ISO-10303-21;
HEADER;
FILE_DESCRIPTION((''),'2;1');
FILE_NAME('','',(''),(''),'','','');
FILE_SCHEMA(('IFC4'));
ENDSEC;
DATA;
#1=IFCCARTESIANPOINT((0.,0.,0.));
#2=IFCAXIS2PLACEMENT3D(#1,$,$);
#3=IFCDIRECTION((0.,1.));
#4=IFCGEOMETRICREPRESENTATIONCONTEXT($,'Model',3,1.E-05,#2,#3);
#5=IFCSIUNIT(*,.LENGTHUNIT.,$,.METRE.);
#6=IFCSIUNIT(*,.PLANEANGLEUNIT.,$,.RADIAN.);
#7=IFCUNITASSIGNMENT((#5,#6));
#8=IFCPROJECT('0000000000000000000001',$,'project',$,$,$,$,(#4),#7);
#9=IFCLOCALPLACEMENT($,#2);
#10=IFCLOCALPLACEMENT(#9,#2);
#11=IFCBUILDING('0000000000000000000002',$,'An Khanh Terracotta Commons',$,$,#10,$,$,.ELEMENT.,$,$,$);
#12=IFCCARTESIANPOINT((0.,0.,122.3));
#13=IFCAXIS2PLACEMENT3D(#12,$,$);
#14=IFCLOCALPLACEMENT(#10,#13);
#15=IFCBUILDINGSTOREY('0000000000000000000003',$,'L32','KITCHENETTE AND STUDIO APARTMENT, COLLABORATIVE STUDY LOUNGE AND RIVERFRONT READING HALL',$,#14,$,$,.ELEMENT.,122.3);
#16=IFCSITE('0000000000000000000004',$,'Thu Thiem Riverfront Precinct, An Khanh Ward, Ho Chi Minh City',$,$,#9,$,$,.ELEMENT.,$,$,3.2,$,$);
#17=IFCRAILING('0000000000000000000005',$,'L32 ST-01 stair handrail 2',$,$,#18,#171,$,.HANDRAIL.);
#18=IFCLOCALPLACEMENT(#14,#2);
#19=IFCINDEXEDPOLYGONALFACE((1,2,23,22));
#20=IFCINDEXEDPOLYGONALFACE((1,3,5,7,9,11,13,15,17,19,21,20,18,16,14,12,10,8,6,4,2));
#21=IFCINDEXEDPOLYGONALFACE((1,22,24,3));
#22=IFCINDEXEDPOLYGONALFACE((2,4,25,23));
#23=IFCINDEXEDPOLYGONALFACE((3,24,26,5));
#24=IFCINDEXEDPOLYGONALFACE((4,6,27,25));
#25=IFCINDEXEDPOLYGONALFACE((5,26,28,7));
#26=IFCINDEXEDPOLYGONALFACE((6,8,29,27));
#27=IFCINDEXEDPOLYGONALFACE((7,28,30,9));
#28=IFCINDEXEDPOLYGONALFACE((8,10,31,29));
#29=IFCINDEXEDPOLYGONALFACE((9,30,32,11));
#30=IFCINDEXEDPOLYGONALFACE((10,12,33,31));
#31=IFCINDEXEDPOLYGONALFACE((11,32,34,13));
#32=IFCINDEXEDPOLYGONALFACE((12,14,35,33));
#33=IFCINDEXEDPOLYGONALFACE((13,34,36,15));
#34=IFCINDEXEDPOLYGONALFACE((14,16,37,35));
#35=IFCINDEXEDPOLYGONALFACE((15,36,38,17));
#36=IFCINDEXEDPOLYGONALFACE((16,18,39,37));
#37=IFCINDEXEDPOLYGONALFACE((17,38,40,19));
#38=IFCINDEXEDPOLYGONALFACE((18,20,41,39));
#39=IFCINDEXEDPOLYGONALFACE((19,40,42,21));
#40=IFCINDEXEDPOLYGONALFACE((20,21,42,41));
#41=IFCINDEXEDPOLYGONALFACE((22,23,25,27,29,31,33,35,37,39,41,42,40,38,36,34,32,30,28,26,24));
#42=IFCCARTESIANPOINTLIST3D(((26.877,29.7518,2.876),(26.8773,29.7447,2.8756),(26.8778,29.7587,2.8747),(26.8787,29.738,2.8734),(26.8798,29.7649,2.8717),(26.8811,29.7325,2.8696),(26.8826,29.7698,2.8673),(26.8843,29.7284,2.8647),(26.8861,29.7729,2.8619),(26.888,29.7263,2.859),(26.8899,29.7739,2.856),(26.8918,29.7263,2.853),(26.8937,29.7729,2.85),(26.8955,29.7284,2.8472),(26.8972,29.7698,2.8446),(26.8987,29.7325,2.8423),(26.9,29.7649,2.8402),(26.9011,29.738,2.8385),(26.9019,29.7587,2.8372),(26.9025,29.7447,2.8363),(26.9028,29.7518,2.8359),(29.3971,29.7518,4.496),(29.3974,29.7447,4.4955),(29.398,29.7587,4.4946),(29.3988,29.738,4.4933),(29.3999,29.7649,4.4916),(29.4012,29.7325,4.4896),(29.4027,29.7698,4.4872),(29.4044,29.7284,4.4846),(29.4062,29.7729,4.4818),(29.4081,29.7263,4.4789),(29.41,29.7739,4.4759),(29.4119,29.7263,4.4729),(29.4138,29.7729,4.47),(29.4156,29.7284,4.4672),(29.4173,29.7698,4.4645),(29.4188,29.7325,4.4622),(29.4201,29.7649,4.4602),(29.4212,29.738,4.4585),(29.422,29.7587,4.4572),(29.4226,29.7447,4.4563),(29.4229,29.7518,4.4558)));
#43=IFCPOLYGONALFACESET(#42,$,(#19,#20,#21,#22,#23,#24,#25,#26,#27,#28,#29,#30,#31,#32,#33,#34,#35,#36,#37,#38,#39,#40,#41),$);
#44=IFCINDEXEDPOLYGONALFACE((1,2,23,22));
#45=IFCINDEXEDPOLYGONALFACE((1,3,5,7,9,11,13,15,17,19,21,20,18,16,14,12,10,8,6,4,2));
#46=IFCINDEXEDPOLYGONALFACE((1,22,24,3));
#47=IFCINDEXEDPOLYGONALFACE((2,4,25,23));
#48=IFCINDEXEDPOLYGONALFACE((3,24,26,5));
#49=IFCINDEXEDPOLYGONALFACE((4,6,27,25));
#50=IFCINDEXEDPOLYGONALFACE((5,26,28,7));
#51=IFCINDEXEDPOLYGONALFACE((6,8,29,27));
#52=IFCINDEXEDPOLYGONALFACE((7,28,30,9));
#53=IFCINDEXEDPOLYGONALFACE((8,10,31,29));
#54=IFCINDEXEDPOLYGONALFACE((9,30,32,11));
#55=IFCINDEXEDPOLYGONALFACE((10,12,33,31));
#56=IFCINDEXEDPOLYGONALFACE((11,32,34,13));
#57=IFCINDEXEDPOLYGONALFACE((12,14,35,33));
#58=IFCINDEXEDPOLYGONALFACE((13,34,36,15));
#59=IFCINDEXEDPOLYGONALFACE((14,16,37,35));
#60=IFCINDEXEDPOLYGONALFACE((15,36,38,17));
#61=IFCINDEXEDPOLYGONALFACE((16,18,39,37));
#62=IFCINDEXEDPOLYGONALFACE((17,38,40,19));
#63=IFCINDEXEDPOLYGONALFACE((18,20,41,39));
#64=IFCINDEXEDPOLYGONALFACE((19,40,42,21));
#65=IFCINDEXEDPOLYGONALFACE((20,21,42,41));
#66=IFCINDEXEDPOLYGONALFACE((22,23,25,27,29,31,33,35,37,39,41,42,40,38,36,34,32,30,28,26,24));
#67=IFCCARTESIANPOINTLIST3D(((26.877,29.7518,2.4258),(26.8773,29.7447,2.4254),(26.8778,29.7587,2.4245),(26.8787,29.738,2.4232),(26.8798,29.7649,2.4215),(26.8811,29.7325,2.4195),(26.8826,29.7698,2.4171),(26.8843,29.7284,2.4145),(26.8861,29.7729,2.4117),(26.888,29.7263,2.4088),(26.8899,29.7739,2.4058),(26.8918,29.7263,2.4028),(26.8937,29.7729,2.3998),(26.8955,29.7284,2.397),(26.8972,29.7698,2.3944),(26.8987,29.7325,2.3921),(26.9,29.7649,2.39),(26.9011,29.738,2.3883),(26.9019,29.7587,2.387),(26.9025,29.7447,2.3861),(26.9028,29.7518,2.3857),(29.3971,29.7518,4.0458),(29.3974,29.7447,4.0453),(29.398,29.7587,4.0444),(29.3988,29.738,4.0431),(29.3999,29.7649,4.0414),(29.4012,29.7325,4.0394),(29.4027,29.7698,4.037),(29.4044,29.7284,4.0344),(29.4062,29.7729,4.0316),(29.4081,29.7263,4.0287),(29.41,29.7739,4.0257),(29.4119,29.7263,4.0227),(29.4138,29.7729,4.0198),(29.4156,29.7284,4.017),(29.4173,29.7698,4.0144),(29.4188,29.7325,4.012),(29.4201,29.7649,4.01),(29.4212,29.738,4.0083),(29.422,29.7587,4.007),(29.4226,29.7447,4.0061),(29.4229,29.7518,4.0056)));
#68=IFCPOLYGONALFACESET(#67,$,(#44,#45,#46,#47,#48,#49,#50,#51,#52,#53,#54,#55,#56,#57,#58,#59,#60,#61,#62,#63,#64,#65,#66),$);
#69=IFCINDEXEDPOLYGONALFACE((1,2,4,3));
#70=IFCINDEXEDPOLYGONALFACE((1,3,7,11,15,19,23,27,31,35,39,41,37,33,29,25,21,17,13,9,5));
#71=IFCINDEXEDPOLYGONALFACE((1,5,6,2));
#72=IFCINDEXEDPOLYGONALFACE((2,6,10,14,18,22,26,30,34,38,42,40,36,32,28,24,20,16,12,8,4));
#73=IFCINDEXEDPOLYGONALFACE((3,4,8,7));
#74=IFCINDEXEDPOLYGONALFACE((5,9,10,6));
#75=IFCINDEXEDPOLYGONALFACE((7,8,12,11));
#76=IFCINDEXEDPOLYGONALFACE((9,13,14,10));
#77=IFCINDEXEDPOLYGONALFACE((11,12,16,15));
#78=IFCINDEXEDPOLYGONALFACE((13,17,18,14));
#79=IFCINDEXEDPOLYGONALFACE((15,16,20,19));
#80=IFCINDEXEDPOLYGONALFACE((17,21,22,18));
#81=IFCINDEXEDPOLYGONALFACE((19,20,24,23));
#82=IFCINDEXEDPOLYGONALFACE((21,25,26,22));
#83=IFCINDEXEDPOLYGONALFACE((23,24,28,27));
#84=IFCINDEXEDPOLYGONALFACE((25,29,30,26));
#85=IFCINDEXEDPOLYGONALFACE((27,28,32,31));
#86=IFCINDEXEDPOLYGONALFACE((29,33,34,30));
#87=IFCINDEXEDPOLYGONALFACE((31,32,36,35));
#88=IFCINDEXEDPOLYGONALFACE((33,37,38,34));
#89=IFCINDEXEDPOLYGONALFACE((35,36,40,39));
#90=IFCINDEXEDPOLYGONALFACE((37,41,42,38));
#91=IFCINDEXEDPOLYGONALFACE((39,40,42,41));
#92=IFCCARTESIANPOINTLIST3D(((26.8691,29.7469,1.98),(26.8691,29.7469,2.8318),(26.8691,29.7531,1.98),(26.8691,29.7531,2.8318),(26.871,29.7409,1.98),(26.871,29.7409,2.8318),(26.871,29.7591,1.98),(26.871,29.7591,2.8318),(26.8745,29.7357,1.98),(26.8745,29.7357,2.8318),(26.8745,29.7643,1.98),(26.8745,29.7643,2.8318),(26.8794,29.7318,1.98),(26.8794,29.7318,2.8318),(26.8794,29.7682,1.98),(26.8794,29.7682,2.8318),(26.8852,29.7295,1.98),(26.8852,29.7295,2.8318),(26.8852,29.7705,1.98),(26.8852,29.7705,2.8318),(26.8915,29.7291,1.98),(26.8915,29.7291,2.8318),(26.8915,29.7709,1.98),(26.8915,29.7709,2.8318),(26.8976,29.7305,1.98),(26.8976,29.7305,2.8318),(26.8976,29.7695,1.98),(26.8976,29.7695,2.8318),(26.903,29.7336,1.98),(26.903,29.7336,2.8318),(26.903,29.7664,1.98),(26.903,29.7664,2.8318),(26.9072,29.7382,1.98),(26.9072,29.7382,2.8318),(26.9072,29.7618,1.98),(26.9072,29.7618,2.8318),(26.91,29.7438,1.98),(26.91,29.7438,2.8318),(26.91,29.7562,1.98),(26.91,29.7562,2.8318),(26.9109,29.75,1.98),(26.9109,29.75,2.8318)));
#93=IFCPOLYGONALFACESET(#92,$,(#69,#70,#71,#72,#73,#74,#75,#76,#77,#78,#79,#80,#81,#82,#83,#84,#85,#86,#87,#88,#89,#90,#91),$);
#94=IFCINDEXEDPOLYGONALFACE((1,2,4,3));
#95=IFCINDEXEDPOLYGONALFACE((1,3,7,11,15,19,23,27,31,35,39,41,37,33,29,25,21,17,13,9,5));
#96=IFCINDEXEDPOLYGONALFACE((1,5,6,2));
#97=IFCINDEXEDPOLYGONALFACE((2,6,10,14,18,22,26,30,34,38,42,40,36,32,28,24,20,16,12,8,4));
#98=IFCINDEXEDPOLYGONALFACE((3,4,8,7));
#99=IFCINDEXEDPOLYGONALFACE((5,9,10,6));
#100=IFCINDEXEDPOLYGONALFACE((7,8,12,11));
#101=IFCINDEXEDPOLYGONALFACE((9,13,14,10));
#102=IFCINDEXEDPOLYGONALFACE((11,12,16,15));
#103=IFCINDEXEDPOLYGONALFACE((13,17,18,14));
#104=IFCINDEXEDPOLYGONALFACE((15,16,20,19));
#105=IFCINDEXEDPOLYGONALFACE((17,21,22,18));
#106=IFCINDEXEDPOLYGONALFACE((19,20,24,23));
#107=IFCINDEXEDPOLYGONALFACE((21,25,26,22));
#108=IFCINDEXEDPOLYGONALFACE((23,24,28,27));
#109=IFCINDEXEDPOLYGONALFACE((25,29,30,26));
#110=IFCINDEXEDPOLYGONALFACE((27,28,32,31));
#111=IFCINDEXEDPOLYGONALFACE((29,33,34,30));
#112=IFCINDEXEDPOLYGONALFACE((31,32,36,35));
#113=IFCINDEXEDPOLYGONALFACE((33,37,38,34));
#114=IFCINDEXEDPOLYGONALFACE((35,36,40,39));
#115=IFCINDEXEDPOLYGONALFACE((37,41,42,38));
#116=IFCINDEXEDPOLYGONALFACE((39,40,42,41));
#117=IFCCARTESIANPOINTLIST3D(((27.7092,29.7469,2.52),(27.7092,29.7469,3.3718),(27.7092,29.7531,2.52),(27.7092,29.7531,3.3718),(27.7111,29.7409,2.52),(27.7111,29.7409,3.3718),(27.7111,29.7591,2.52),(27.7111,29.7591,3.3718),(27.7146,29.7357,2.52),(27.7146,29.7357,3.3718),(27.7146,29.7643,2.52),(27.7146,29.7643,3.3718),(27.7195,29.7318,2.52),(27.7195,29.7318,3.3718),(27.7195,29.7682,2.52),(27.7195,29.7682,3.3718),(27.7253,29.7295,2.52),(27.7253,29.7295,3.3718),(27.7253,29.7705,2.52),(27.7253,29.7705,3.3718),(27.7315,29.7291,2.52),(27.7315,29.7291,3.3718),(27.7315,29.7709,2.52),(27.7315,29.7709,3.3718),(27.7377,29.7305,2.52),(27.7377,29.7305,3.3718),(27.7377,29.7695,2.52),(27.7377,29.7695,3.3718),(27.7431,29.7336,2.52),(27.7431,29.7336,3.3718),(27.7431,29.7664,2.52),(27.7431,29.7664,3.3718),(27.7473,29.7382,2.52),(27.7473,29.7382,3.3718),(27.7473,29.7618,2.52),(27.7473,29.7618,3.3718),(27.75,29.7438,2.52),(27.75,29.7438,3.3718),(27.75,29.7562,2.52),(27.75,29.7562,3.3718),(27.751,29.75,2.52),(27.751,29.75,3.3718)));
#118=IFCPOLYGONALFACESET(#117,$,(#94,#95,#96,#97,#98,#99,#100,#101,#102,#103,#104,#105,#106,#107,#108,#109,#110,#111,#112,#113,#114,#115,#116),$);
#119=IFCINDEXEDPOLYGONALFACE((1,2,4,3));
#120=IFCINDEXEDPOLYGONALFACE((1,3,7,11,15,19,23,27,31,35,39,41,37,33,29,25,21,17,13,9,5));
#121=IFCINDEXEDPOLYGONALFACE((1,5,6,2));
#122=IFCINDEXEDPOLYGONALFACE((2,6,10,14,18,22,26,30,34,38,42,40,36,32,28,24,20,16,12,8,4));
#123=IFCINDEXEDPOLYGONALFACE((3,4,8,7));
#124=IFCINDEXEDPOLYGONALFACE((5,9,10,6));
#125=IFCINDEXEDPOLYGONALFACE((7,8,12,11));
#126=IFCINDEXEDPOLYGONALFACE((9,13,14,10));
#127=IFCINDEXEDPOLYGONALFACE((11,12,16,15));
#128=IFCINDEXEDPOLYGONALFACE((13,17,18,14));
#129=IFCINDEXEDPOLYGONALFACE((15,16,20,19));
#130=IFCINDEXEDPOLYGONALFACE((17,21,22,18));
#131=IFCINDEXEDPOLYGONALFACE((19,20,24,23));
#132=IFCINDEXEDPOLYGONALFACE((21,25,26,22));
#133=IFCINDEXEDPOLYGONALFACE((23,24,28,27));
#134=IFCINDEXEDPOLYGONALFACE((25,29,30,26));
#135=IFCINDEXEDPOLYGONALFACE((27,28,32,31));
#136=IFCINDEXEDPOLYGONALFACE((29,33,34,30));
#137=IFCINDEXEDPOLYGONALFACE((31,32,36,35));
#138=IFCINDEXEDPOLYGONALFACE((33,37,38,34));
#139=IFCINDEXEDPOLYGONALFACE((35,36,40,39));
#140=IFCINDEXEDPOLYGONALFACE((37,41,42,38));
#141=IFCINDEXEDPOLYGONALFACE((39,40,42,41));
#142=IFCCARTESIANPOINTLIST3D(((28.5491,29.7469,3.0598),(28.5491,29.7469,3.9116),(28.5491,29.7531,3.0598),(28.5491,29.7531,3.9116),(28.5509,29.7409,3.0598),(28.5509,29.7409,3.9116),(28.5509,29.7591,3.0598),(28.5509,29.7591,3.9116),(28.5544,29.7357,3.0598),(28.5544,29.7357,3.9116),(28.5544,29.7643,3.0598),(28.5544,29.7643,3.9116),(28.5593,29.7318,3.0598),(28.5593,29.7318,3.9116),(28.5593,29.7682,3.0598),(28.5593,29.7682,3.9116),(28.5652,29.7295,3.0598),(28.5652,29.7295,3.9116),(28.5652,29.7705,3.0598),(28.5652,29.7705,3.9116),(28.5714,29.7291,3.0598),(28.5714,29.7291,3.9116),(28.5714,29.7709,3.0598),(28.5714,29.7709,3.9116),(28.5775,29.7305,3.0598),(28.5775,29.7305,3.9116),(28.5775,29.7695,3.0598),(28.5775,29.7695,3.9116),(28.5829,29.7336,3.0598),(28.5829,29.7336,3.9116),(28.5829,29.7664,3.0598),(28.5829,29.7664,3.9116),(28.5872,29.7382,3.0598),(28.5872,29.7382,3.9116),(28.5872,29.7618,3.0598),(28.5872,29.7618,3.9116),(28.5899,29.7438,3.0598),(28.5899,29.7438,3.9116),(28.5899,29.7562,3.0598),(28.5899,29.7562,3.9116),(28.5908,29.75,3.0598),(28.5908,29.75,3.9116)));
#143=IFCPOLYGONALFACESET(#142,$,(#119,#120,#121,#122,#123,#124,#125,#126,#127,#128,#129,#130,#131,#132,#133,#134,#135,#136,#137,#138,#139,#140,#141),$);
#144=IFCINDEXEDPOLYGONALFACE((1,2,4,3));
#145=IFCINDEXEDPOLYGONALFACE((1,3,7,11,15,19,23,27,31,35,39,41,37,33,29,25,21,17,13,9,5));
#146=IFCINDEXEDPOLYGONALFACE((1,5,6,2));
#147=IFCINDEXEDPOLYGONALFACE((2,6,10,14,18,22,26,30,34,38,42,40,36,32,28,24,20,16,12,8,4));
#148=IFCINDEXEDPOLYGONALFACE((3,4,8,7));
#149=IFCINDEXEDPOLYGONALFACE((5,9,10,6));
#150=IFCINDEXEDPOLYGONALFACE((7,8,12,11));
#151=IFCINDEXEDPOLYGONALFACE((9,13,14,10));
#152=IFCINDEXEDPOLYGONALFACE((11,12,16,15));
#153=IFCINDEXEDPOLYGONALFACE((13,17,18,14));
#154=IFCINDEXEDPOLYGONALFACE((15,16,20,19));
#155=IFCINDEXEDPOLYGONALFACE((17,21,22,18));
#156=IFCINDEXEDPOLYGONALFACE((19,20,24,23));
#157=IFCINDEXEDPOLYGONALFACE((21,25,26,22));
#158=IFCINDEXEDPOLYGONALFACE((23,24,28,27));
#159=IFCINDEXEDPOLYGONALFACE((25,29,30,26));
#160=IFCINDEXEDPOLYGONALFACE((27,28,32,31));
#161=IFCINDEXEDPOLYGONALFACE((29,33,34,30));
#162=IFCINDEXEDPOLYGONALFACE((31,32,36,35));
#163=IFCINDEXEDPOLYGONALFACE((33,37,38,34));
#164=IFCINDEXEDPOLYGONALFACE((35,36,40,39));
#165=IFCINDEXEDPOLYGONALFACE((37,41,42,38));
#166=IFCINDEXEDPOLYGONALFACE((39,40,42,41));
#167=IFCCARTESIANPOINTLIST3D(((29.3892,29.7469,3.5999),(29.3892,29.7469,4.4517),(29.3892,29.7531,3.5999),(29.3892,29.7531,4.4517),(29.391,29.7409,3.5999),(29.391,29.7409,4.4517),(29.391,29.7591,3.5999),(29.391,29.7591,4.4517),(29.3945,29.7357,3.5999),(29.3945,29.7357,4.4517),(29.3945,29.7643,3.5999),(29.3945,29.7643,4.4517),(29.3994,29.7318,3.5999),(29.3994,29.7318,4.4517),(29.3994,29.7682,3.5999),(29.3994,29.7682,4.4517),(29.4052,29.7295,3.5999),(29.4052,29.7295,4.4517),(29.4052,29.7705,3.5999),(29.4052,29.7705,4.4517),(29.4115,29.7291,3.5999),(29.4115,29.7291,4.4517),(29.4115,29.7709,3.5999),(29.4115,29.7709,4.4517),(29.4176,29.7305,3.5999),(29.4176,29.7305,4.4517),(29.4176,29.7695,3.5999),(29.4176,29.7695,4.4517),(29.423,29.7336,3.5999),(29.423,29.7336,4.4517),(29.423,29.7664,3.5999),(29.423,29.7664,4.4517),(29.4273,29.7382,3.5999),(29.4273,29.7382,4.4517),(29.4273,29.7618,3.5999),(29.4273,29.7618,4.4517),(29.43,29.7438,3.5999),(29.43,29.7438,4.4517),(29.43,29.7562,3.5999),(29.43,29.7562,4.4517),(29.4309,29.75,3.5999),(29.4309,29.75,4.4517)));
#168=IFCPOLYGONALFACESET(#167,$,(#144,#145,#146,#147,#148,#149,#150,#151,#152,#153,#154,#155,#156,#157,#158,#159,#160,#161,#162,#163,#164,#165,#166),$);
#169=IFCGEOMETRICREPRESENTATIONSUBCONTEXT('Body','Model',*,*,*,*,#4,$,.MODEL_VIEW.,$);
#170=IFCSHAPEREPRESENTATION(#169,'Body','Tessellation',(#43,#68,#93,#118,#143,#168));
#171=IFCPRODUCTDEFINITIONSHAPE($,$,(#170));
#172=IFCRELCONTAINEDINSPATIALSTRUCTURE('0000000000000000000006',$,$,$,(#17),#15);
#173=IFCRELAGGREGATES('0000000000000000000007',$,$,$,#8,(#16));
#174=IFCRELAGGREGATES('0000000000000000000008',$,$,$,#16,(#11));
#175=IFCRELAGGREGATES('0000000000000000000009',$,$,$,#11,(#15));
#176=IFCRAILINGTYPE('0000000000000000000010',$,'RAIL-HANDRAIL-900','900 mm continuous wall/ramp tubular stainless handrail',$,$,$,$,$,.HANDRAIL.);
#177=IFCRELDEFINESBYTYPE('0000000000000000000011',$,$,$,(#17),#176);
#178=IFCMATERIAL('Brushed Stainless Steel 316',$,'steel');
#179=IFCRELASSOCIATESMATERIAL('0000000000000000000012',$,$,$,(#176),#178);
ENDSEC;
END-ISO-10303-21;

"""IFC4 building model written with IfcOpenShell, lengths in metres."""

from ifc_helpers import new_model, si_unit, direction, frame, origin, origin_2d, place, context, subcontext, project, spatial, circle, extrude, material, type_object, element, save


model = new_model("IFC4")

# Units and contexts
model_context = context("Model", 3, precision=1e-05, world=origin(), true_north=direction((0.0, 1.0)))
body_context = subcontext(model_context, "Body", "Model", "MODEL_VIEW")
ifc_project = project(units=[si_unit("LENGTHUNIT", "METRE"), si_unit("PLANEANGLEUNIT", "RADIAN")], contexts=[model_context])

# Site, building, storey
site_placement = place(None, origin())
site = spatial("IfcSite", under=ifc_project, at=site_placement, Name="Thu Thiem Riverfront Precinct, An Khanh Ward, Ho Chi Minh City", CompositionType="ELEMENT", RefElevation=3.2)
building_placement = place(site_placement, origin())
building = spatial("IfcBuilding", under=site, at=building_placement, Name="An Khanh Terracotta Commons", CompositionType="ELEMENT")
storey_placement = place(building_placement, frame((0.0, 0.0, 122.3)))
storey = spatial("IfcBuildingStorey", under=building, at=storey_placement, Name="L32", Description="KITCHENETTE AND STUDIO APARTMENT, COLLABORATIVE STUDY LOUNGE AND RIVERFRONT READING HALL", CompositionType="ELEMENT", Elevation=122.3)

# Railing
ifc_material_1 = material(Name="Brushed Stainless Steel 316", Category="steel")
railing_type_1 = type_object("IfcRailingType", Name="RAIL-HANDRAIL-900", Description="900 mm continuous wall/ramp tubular stainless handrail", PredefinedType="HANDRAIL", material=ifc_material_1)
railing_1_placement = place(storey_placement, frame((26.8899, 29.75, 1.98)))
element("IfcRailing", 1, at=railing_1_placement, inside=storey, type_object=railing_type_1, Name="L32 ST-01 stair handrail 2", PredefinedType="HANDRAIL", context=body_context, shape_type="SweptSolid", body=[
    extrude(circle(Radius=0.0239, at=origin_2d()), frame((0.0, 0.0, 0.876), z_axis=(0.8412, 0.0, 0.540725), x_axis=(0.0, 1.0, 0.0)), (0.0, 0.0, 1.0), 2.9958),
    extrude(circle(Radius=0.0239, at=origin_2d()), frame((0.0, 0.0, 0.4258), z_axis=(0.8412, 0.0, 0.540725), x_axis=(0.0, 1.0, 0.0)), (0.0, 0.0, 1.0), 2.9958),
    extrude(circle(Radius=0.021, at=origin_2d()), origin(), (0.0, 0.0, 1.0), 0.8518),
    extrude(circle(Radius=0.021, at=origin_2d()), frame((0.8401, 0.0, 0.54)), (0.0, 0.0, 1.0), 0.8518),
    extrude(circle(Radius=0.021, at=origin_2d()), frame((1.6799, 0.0, 1.0798)), (0.0, 0.0, 1.0), 0.8518),
    extrude(circle(Radius=0.021, at=origin_2d()), frame((2.52, 0.0, 1.6199)), (0.0, 0.0, 1.0), 0.8518),
])

save(model, "model.ifc")
